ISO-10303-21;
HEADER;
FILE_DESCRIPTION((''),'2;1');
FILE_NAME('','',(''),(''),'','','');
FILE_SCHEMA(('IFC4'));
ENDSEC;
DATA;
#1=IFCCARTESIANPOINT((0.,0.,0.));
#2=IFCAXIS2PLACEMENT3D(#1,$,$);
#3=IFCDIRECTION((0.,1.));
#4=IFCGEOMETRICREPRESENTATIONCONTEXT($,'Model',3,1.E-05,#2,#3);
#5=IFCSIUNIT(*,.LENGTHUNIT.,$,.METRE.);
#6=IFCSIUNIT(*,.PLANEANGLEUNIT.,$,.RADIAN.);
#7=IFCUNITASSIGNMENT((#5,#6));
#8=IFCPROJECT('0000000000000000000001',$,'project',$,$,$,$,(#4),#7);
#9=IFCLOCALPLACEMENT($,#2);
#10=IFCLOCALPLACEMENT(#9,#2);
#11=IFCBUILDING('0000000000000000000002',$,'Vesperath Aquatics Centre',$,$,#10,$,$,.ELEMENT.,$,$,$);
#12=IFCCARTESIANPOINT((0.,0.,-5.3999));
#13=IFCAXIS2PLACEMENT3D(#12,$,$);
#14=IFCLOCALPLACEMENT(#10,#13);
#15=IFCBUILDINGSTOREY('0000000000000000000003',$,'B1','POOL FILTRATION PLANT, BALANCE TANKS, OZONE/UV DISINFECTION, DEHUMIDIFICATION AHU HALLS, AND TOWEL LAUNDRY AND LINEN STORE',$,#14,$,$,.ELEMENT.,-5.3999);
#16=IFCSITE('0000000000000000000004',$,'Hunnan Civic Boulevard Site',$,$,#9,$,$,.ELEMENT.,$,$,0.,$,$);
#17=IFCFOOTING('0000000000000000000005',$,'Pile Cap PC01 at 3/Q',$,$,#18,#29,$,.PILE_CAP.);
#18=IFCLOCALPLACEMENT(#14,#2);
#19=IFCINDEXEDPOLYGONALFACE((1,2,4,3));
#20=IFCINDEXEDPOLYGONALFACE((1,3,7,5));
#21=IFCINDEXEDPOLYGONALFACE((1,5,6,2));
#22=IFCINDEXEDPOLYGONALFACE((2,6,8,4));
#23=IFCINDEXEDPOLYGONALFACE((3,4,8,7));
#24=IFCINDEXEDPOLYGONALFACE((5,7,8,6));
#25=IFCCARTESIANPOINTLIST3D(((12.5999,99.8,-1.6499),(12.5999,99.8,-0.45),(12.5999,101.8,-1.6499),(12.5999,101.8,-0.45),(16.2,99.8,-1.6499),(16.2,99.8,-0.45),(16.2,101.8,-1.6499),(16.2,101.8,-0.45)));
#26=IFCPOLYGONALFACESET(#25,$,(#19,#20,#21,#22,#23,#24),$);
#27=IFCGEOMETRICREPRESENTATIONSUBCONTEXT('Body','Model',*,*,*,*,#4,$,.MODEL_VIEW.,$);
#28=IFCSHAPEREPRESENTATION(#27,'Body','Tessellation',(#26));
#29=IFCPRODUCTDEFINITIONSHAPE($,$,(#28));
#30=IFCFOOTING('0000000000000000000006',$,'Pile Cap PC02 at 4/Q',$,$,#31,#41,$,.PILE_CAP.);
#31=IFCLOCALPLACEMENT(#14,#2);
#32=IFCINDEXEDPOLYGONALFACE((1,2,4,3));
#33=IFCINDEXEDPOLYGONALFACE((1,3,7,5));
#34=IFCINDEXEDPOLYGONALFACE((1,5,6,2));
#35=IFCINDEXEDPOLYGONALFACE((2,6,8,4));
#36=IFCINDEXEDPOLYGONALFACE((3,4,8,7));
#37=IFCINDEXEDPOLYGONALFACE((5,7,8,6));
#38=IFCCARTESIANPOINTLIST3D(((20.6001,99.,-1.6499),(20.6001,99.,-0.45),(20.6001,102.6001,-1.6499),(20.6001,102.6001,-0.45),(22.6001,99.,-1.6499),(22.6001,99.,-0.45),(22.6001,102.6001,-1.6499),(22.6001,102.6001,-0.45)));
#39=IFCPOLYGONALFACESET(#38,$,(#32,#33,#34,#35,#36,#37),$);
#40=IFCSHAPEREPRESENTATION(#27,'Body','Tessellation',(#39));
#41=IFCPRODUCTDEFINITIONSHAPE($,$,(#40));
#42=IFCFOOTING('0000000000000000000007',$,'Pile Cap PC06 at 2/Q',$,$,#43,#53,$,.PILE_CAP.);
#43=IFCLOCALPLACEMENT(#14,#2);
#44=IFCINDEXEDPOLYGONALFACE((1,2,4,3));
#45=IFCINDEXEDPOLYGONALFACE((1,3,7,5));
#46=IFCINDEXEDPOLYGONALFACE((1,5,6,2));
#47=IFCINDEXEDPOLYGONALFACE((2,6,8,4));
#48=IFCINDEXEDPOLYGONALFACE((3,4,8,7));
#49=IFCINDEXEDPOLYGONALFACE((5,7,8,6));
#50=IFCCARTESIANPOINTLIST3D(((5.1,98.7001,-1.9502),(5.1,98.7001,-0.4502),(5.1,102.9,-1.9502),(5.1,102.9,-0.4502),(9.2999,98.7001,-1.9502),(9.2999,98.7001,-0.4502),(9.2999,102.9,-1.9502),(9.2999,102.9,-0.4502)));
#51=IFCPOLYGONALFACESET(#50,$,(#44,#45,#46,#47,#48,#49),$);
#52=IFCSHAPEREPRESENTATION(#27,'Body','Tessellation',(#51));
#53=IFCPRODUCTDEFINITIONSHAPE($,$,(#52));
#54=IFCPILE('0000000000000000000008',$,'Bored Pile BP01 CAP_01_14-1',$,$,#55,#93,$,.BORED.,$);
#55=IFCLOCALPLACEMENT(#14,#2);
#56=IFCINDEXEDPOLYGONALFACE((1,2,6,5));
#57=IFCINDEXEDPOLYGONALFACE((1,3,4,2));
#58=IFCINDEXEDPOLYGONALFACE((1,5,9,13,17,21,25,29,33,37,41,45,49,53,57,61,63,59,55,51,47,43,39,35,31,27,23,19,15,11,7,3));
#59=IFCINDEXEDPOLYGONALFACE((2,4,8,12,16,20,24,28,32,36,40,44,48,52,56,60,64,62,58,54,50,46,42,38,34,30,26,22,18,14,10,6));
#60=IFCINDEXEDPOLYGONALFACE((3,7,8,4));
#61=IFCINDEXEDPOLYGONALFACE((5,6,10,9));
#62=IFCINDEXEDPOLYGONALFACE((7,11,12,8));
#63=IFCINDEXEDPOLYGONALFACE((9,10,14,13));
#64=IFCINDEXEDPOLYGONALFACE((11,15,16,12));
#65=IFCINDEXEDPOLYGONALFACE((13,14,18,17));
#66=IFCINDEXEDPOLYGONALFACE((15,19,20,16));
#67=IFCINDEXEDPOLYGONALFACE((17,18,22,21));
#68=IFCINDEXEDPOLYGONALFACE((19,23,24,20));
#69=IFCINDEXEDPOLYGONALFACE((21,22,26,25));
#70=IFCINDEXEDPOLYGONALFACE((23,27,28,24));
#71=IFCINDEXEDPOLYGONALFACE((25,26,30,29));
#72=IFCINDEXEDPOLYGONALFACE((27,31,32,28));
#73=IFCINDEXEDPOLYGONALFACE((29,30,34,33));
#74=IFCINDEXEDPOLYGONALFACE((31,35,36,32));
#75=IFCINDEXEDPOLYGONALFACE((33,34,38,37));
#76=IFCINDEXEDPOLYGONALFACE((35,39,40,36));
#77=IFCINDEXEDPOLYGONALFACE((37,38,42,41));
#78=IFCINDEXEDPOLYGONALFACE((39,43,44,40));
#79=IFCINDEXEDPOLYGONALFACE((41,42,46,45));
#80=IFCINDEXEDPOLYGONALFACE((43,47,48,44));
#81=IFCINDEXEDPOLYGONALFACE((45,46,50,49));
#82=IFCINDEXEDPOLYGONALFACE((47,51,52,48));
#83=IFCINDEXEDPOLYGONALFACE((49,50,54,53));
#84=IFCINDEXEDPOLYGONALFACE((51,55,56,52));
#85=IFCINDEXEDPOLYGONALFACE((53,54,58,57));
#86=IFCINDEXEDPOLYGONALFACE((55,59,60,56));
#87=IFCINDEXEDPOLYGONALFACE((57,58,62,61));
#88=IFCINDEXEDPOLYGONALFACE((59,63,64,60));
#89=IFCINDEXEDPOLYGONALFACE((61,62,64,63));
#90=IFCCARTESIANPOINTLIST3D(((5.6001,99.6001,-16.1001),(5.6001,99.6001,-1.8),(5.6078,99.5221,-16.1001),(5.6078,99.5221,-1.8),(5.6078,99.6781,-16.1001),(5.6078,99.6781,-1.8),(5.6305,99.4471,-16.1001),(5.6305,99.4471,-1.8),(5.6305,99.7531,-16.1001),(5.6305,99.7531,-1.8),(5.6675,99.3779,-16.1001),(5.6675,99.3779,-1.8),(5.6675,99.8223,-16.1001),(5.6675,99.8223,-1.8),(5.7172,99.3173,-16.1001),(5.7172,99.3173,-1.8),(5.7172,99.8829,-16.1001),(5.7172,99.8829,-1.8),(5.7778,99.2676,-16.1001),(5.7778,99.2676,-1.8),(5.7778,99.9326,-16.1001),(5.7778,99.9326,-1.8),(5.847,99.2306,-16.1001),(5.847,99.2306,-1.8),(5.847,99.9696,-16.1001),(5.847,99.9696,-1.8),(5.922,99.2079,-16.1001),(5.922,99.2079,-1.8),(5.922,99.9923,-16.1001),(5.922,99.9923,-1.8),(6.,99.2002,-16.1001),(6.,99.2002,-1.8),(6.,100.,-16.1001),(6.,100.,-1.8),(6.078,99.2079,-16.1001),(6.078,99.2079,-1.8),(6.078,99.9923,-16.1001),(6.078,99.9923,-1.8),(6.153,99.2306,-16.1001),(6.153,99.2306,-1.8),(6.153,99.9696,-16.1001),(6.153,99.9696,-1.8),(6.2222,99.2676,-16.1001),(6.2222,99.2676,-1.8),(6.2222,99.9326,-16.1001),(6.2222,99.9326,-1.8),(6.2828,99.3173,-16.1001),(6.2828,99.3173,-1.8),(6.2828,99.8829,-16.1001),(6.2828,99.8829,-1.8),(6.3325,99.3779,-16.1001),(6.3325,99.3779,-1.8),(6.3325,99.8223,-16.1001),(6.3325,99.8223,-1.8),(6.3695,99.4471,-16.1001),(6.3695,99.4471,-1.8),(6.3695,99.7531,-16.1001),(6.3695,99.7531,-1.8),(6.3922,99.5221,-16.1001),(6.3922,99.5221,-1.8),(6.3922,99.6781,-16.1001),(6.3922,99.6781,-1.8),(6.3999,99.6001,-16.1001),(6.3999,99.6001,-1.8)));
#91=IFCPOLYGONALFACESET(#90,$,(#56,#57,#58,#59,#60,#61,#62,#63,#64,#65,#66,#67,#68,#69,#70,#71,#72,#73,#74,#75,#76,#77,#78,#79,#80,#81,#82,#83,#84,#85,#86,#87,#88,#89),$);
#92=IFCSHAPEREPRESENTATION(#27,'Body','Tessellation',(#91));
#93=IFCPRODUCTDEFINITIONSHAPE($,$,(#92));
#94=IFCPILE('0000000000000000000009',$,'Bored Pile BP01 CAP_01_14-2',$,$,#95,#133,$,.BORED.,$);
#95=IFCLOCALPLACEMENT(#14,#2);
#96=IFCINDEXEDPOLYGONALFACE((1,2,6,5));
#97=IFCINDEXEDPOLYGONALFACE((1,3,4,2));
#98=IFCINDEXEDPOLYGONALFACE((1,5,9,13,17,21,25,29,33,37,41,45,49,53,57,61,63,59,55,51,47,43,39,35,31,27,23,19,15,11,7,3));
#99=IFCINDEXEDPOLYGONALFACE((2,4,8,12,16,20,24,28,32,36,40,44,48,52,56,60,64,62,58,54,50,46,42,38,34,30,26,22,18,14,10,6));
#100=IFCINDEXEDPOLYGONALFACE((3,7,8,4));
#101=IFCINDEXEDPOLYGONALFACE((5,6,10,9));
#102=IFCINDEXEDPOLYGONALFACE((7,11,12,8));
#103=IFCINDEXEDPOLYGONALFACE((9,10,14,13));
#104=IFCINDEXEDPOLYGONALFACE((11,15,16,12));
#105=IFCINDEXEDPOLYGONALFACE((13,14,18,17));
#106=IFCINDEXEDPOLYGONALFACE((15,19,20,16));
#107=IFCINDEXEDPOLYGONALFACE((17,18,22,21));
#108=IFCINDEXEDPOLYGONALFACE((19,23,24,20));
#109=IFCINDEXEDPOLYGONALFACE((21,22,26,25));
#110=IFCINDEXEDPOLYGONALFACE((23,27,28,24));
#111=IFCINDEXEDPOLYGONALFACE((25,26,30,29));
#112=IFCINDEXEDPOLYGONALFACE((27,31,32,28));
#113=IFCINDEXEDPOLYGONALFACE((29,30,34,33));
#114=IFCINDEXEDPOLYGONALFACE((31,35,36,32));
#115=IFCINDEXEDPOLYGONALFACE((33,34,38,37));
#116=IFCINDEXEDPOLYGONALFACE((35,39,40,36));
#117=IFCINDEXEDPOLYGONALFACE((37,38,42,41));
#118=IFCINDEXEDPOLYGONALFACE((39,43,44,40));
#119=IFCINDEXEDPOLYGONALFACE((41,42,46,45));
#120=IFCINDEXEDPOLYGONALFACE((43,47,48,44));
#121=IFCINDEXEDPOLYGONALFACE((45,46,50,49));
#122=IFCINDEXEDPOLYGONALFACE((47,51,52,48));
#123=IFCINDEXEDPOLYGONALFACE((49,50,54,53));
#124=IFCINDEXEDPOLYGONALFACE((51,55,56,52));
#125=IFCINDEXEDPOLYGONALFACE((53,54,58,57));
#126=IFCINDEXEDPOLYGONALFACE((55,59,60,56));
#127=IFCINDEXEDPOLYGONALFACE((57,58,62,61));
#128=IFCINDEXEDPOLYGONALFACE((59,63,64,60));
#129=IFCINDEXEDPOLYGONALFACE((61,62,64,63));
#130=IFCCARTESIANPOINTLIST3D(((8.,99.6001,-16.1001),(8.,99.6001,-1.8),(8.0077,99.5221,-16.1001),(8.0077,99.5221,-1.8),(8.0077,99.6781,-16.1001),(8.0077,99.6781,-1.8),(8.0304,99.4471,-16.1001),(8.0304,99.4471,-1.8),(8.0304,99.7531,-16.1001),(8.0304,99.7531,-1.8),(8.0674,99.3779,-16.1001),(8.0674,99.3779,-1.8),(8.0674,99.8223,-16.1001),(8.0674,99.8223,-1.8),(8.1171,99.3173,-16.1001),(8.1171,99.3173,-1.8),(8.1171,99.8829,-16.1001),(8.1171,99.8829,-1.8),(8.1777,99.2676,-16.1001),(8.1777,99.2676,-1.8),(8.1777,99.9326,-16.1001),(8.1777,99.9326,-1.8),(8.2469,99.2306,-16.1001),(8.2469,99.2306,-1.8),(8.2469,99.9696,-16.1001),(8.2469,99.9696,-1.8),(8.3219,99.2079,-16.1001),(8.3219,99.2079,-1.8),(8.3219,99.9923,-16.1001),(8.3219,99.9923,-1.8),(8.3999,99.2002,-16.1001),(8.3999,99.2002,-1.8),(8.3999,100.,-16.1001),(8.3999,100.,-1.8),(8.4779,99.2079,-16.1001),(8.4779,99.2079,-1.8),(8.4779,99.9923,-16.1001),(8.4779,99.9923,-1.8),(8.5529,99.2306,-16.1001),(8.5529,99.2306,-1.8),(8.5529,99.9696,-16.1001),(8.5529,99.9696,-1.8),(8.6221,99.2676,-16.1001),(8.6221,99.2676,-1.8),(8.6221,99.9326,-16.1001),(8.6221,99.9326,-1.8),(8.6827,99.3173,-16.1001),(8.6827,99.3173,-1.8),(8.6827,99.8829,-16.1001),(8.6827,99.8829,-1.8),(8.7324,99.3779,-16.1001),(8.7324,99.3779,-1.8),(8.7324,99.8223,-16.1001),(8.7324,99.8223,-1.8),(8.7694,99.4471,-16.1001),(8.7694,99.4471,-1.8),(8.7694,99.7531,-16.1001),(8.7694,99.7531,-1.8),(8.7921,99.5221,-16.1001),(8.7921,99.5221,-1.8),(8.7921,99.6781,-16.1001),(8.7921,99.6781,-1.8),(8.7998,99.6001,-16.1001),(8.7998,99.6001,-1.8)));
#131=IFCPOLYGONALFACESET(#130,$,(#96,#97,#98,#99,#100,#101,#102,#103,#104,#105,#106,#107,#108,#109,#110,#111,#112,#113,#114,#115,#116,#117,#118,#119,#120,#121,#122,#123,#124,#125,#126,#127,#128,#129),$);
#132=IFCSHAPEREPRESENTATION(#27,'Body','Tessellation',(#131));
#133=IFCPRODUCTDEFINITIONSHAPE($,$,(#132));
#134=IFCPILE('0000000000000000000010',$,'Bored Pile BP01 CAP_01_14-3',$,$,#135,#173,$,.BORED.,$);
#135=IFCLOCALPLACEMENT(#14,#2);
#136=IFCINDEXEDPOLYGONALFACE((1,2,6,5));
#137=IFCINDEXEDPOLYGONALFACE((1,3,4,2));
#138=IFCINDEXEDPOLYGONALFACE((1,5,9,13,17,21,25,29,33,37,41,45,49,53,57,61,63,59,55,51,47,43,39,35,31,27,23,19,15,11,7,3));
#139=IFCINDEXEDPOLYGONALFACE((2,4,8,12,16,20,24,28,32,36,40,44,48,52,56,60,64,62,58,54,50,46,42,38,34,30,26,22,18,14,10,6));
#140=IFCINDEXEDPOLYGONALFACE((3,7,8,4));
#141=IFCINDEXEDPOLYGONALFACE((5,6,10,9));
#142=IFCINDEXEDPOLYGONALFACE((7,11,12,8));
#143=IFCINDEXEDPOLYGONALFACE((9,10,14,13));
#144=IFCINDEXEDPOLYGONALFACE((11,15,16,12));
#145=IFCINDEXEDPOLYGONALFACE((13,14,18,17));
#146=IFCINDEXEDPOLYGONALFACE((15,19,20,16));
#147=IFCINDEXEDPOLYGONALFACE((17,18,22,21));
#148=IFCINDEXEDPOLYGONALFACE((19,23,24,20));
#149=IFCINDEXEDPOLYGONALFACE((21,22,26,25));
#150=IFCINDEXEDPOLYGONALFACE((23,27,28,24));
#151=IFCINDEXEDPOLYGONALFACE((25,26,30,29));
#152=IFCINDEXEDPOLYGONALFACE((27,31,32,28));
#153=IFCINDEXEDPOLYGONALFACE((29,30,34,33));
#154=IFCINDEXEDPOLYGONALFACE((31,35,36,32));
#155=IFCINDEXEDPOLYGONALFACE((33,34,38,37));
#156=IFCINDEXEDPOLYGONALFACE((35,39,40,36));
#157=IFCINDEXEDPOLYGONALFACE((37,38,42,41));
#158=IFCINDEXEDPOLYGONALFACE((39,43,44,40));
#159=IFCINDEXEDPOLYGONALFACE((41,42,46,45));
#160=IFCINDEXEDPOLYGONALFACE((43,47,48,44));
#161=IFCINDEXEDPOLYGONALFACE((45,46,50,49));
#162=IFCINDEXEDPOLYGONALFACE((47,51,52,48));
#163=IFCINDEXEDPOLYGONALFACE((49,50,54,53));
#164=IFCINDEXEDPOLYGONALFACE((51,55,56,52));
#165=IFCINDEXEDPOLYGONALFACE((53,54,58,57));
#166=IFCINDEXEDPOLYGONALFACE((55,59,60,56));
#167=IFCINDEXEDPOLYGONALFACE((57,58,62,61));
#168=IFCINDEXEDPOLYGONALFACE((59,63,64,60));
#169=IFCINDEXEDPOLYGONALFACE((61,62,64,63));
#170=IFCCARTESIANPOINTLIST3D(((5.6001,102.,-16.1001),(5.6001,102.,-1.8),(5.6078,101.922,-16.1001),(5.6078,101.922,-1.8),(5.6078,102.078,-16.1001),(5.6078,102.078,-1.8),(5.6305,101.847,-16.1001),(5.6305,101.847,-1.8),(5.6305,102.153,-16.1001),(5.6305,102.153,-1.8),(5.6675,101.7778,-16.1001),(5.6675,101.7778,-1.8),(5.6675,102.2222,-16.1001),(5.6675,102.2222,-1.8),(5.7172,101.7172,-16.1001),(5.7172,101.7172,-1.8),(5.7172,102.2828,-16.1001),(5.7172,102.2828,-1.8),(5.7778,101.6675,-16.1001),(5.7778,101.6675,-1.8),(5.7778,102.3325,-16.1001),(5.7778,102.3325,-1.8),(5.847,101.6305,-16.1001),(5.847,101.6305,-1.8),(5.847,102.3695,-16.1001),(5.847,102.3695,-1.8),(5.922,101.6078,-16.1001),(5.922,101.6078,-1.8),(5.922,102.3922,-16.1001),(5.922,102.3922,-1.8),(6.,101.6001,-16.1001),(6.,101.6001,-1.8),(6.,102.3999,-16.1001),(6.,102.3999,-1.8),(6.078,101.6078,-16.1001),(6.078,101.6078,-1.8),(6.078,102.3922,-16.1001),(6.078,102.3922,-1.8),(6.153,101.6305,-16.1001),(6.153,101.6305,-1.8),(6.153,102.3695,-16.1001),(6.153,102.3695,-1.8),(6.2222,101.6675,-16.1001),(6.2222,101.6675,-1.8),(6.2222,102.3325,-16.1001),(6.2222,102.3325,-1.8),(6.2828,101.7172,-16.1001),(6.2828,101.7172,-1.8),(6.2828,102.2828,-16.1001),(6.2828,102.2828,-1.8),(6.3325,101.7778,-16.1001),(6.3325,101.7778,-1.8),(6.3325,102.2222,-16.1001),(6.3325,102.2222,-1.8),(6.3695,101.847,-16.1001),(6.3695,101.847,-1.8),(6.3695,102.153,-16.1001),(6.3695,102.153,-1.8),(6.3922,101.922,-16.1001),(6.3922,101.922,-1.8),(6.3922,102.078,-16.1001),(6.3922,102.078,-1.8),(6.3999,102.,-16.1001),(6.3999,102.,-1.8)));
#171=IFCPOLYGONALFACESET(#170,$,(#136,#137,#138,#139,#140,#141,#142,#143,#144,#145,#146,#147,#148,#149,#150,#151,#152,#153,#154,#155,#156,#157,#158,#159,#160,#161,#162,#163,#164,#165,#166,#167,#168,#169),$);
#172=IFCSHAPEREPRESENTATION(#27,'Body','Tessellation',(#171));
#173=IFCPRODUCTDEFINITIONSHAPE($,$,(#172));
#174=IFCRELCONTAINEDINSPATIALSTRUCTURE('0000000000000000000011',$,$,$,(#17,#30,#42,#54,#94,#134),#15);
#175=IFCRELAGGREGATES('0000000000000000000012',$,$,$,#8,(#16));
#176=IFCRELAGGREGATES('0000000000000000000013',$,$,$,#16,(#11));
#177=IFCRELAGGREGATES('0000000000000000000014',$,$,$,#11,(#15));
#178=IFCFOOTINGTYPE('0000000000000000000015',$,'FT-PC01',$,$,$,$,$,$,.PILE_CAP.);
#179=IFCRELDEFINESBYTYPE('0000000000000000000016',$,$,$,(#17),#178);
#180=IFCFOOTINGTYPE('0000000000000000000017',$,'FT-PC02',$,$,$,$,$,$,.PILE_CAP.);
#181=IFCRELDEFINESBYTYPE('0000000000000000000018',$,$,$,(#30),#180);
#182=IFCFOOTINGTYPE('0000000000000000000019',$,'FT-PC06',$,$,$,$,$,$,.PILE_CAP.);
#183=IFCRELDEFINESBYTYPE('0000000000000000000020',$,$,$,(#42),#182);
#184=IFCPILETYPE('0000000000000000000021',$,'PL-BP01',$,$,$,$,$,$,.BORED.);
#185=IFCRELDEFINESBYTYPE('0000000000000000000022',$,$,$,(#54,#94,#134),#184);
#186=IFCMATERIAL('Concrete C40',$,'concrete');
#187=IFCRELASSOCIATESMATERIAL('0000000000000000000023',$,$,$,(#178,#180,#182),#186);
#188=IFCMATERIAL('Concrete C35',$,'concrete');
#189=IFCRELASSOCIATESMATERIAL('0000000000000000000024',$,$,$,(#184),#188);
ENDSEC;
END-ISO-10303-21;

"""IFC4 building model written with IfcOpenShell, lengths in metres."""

from ifc_helpers import new_model, si_unit, direction, frame, origin, origin_2d, place, context, subcontext, project, spatial, rectangle, circle, extrude, material, material_profile, profile_set, type_object, element, save


model = new_model("IFC4")

# Units and contexts
model_context = context("Model", 3, precision=1e-05, world=origin(), true_north=direction((0.0, 1.0)))
body_context = subcontext(model_context, "Body", "Model", "MODEL_VIEW")
ifc_project = project(units=[si_unit("LENGTHUNIT", "METRE"), si_unit("PLANEANGLEUNIT", "RADIAN")], contexts=[model_context])

# Site, building, storey
site_placement = place(None, origin())
site = spatial("IfcSite", under=ifc_project, at=site_placement, Name="Hunnan Civic Boulevard Site", CompositionType="ELEMENT", RefElevation=0.0)
building_placement = place(site_placement, origin())
building = spatial("IfcBuilding", under=site, at=building_placement, Name="Vesperath Aquatics Centre", CompositionType="ELEMENT")
storey_placement = place(building_placement, frame((0.0, 0.0, -5.3999)))
storey = spatial("IfcBuildingStorey", under=building, at=storey_placement, Name="B1", Description="POOL FILTRATION PLANT, BALANCE TANKS, OZONE/UV DISINFECTION, DEHUMIDIFICATION AHU HALLS, AND TOWEL LAUNDRY AND LINEN STORE", CompositionType="ELEMENT", Elevation=-5.3999)

# Footings
ifc_material_1 = material(Name="Concrete C40", Category="concrete")
footing_type_1 = type_object("IfcFootingType", Name="FT-PC01", PredefinedType="PILE_CAP", material=ifc_material_1)
footing_1_placement = place(storey_placement, frame((14.3999, 100.8, -1.6499), z_axis=(0.0, 0.0, 1.0), x_axis=(1.0, 0.0, 0.0)))
element("IfcFooting", 1, at=footing_1_placement, inside=storey, type_object=footing_type_1, Name="Pile Cap PC01 at 3/Q", PredefinedType="PILE_CAP", context=body_context, shape_type="SweptSolid", body=[
    extrude(rectangle(XDim=3.6001, YDim=2.0, at=origin_2d()), origin(), (0.0, 0.0, 1.0), 1.2),
])
footing_type_2 = type_object("IfcFootingType", Name="FT-PC02", PredefinedType="PILE_CAP", material=ifc_material_1)
footing_2_placement = place(storey_placement, frame((21.6001, 100.8, -1.6499), z_axis=(0.0, 0.0, 1.0), x_axis=(1.0, 0.0, 0.0)))
element("IfcFooting", 2, at=footing_2_placement, inside=storey, type_object=footing_type_2, Name="Pile Cap PC02 at 4/Q", PredefinedType="PILE_CAP", context=body_context, shape_type="SweptSolid", body=[
    extrude(rectangle(XDim=2.0, YDim=3.6001, at=origin_2d()), origin(), (0.0, 0.0, 1.0), 1.2),
])
footing_type_3 = type_object("IfcFootingType", Name="FT-PC06", PredefinedType="PILE_CAP", material=ifc_material_1)
footing_3_placement = place(storey_placement, frame((7.2, 100.8, -1.9502), z_axis=(0.0, 0.0, 1.0), x_axis=(1.0, 0.0, 0.0)))
element("IfcFooting", 3, at=footing_3_placement, inside=storey, type_object=footing_type_3, Name="Pile Cap PC06 at 2/Q", PredefinedType="PILE_CAP", context=body_context, shape_type="SweptSolid", body=[
    extrude(rectangle(XDim=4.2, YDim=4.2, at=origin_2d()), origin(), (0.0, 0.0, 1.0), 1.5),
])

# Piles
ifc_material_2 = material(Name="Concrete C35", Category="concrete")
ifc_material_profile_1 = material_profile(ifc_material_2, circle(Radius=0.3999, at=origin_2d()), Name="PILE D800")
ifc_profile_set_1 = profile_set([ifc_material_profile_1], Name="Concrete C35")
pile_type = type_object("IfcPileType", Name="PL-BP01", PredefinedType="BORED", material=ifc_profile_set_1)
for number, where, z_axis, x_axis, name in (
    (4, (6.0, 99.6001, -1.8), (0.0, 0.0, -1.0), (1.0, 0.0, 0.0), "Bored Pile BP01 CAP_01_14-1"),
    (5, (8.3999, 99.6001, -1.8), (0.0, 0.0, -1.0), (1.0, 0.0, 0.0), "Bored Pile BP01 CAP_01_14-2"),
    (6, (6.0, 102.0, -1.8), (0.0, 0.0, -1.0), (1.0, 0.0, 0.0), "Bored Pile BP01 CAP_01_14-3"),
):
    element("IfcPile", number, at=place(storey_placement, frame(where, z_axis=z_axis, x_axis=x_axis)), inside=storey, type_object=pile_type, Name=name, PredefinedType="BORED", context=body_context, shape_type="SweptSolid", body=[
        extrude(circle(Radius=0.3999, at=origin_2d()), origin(), (0.0, 0.0, 1.0), 14.3),
    ])

save(model, "model.ifc")
